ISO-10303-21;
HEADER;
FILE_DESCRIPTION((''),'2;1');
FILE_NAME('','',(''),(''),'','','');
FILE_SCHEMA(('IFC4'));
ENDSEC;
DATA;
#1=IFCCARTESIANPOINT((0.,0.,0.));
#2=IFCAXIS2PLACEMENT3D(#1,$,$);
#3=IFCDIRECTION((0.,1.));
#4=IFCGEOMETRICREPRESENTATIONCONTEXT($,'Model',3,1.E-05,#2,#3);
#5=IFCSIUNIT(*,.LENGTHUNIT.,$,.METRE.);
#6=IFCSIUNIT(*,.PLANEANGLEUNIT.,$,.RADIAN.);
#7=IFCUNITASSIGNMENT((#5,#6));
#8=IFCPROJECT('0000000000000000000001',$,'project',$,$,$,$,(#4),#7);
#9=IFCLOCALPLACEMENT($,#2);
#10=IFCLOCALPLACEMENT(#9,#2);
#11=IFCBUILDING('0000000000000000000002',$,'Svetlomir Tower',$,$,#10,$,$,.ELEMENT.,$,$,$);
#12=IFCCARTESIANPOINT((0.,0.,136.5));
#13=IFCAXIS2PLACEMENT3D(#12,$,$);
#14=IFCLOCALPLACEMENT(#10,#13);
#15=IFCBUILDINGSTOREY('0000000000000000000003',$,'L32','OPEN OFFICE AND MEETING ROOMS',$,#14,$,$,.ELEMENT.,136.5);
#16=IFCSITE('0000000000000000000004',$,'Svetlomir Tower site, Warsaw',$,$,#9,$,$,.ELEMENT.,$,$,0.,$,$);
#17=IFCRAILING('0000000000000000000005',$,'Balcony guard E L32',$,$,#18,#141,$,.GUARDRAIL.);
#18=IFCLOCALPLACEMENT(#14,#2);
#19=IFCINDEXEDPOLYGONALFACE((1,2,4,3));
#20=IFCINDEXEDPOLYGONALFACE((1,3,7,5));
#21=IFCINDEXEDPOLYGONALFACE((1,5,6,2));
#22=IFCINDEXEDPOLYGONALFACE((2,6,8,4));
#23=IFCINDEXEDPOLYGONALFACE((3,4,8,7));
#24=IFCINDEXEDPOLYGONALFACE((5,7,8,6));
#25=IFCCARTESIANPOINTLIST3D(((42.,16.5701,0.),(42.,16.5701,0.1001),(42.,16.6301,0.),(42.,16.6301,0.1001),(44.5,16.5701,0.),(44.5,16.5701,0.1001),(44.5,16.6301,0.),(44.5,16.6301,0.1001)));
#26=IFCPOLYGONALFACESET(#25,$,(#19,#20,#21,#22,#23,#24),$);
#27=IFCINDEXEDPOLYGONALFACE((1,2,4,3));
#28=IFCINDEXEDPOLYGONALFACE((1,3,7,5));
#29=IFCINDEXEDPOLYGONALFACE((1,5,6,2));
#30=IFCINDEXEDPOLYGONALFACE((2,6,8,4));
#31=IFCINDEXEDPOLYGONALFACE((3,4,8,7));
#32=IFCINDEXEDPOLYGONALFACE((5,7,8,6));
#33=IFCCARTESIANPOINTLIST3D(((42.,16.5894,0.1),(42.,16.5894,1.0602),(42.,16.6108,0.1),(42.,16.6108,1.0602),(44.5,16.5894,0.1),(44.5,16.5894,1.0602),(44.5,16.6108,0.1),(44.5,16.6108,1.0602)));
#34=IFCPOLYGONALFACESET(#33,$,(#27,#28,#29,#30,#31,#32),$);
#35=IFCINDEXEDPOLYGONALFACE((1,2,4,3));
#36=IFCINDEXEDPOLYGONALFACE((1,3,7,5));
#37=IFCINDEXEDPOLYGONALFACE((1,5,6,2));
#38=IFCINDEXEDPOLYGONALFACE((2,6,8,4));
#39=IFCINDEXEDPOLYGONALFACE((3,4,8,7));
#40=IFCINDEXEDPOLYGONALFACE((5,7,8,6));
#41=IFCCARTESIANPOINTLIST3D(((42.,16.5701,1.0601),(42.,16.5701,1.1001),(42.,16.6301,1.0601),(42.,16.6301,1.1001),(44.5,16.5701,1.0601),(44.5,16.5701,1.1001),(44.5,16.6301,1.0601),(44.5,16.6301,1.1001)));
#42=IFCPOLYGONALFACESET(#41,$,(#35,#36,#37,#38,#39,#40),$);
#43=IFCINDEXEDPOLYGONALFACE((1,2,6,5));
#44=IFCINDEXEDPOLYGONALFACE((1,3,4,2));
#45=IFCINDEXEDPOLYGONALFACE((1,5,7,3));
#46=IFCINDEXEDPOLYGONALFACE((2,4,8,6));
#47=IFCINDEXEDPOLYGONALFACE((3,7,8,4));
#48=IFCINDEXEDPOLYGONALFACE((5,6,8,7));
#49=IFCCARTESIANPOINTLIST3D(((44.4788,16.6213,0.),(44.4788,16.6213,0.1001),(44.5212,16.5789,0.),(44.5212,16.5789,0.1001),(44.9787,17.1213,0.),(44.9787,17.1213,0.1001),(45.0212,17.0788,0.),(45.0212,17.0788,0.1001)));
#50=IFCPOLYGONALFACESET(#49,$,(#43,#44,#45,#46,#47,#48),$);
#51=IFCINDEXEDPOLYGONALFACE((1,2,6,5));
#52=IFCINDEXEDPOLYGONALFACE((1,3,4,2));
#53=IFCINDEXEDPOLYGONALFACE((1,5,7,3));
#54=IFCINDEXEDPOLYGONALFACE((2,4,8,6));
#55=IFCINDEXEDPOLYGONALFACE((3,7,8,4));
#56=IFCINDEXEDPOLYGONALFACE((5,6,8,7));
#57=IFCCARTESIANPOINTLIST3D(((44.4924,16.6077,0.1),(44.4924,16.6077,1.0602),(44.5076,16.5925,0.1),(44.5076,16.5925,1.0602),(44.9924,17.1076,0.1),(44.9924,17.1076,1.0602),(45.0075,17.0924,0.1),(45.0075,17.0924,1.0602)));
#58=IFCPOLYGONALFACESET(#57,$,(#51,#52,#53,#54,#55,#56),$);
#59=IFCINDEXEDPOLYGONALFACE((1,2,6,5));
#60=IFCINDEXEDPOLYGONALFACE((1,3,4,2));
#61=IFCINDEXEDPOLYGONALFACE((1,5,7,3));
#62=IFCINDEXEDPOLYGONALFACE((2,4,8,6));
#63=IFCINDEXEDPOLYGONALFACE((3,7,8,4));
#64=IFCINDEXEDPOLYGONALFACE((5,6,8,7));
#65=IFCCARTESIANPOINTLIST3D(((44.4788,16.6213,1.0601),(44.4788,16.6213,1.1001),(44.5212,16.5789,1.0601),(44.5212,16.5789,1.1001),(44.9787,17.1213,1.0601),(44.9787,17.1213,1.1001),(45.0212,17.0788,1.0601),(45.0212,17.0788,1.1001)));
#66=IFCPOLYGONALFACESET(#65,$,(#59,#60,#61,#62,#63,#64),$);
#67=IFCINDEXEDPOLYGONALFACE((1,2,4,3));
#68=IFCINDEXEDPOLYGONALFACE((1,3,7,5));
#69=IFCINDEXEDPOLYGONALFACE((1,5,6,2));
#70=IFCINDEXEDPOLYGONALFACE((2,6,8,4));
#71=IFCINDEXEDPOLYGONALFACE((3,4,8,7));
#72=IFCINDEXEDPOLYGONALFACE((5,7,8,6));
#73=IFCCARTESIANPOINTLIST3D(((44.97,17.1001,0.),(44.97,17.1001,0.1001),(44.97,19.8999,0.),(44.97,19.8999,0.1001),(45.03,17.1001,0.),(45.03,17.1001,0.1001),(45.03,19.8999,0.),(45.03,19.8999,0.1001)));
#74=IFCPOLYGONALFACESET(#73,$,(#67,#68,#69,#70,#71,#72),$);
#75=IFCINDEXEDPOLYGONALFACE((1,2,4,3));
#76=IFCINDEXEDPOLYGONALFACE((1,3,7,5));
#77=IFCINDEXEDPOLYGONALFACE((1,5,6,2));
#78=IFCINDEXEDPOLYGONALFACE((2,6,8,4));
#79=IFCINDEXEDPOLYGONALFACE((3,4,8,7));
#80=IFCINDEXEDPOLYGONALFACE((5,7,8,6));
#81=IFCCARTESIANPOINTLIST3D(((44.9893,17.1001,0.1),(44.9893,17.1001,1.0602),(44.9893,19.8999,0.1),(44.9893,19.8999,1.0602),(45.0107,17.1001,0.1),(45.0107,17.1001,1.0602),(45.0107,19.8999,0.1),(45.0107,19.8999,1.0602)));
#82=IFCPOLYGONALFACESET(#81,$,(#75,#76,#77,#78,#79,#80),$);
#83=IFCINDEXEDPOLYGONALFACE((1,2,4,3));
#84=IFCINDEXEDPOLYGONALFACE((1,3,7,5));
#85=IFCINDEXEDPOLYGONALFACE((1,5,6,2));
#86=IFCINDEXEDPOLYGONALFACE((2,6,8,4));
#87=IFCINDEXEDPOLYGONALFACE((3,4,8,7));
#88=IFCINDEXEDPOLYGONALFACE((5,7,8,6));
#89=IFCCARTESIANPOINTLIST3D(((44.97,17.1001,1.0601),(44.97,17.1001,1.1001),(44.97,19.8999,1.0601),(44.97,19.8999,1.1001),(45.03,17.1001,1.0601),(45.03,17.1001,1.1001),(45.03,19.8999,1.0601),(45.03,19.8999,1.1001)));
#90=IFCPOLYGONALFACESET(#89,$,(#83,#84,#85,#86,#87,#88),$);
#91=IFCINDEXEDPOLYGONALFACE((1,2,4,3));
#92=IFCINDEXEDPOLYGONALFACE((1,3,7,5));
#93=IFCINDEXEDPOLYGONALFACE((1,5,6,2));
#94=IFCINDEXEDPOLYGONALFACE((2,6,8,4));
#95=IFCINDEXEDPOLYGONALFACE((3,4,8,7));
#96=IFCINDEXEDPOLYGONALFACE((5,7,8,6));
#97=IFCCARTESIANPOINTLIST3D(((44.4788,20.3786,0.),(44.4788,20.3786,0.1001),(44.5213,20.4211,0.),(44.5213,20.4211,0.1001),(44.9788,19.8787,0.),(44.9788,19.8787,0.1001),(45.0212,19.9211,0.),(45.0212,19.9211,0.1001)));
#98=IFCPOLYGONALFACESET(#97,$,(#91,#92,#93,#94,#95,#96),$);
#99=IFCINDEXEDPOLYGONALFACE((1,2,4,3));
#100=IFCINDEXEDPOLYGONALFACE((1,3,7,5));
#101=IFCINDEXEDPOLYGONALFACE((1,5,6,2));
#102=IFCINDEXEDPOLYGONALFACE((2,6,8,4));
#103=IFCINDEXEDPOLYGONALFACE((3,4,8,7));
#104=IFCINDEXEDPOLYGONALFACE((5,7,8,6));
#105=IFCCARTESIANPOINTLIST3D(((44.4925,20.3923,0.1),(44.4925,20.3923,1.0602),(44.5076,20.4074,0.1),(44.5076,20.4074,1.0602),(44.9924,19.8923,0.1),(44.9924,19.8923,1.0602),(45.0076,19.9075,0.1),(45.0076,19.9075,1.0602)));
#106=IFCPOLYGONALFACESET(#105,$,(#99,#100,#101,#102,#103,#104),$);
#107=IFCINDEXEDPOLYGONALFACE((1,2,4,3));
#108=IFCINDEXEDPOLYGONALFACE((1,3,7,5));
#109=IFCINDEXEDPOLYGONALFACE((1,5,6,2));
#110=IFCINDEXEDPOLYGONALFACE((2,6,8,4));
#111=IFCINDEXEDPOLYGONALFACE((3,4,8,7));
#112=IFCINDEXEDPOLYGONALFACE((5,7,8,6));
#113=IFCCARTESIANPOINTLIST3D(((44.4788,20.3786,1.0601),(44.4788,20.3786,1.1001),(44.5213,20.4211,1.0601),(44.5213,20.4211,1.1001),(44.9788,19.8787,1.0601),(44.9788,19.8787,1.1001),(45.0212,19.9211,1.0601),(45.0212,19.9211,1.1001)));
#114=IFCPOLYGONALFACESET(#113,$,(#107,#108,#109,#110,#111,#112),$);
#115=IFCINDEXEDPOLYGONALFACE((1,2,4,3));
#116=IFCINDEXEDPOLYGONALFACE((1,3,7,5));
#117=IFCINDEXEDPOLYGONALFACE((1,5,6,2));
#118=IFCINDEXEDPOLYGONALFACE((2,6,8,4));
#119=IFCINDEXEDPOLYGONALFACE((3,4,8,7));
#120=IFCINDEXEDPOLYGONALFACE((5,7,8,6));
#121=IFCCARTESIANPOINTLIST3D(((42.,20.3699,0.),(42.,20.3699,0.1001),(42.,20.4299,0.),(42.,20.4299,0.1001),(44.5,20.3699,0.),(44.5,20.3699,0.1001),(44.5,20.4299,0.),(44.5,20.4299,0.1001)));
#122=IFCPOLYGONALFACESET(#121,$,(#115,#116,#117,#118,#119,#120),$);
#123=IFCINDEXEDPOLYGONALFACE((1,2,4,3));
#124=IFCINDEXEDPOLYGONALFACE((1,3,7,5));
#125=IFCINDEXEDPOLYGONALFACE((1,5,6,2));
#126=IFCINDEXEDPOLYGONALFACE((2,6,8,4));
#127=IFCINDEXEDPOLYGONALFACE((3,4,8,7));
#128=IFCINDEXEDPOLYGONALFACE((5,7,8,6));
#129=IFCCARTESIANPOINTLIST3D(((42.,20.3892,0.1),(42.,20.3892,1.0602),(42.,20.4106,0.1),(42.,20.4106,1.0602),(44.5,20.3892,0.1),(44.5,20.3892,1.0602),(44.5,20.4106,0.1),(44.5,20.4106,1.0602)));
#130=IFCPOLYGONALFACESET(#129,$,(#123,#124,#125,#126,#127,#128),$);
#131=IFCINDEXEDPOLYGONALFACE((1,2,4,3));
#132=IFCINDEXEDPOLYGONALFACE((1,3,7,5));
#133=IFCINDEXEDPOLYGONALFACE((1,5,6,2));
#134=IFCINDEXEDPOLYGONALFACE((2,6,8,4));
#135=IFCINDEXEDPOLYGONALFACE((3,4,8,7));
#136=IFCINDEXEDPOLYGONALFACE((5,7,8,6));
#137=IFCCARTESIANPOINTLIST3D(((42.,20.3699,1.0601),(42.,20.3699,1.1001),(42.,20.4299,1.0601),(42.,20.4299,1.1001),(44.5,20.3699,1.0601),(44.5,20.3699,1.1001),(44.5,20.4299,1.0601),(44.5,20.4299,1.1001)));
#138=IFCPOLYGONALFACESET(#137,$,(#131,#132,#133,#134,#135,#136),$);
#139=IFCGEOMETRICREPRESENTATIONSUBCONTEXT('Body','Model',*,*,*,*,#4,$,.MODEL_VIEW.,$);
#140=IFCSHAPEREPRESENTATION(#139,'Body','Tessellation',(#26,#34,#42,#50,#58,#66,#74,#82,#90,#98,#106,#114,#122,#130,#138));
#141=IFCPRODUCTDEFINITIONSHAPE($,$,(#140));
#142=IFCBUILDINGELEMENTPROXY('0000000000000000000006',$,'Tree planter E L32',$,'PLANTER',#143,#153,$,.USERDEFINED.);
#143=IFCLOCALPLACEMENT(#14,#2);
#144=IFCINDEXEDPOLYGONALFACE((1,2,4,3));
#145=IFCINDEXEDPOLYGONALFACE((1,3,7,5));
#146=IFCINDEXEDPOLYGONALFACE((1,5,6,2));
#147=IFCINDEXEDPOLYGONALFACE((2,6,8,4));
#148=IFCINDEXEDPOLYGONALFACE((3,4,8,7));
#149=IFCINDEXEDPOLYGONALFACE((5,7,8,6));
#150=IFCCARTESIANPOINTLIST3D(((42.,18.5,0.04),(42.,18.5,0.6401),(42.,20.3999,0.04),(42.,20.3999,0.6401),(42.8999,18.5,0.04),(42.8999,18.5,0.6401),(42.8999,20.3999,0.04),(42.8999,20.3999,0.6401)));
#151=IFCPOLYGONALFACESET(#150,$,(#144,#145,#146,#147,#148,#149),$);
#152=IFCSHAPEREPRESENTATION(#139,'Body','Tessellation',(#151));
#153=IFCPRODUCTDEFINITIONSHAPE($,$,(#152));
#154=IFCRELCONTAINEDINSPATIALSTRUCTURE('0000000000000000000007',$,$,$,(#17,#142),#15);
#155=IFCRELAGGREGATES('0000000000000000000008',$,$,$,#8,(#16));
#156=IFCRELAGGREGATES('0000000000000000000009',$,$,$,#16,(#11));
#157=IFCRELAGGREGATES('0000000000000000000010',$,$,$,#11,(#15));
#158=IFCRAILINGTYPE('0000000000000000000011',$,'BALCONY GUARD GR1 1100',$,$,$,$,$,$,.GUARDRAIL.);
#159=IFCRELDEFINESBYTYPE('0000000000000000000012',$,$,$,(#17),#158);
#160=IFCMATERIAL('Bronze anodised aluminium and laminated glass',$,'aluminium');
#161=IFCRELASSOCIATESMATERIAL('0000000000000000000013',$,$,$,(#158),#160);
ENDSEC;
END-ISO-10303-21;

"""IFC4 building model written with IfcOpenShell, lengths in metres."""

from ifc_helpers import new_model, si_unit, direction, frame, origin, origin_2d, place, context, subcontext, project, spatial, rectangle, extrude, material, type_object, element, save


model = new_model("IFC4")

# Units and contexts
model_context = context("Model", 3, precision=1e-05, world=origin(), true_north=direction((0.0, 1.0)))
body_context = subcontext(model_context, "Body", "Model", "MODEL_VIEW")
ifc_project = project(units=[si_unit("LENGTHUNIT", "METRE"), si_unit("PLANEANGLEUNIT", "RADIAN")], contexts=[model_context])

# Site, building, storey
site_placement = place(None, origin())
site = spatial("IfcSite", under=ifc_project, at=site_placement, Name="Svetlomir Tower site, Warsaw", CompositionType="ELEMENT", RefElevation=0.0)
building_placement = place(site_placement, origin())
building = spatial("IfcBuilding", under=site, at=building_placement, Name="Svetlomir Tower", CompositionType="ELEMENT")
storey_placement = place(building_placement, frame((0.0, 0.0, 136.5)))
storey = spatial("IfcBuildingStorey", under=building, at=storey_placement, Name="L32", Description="OPEN OFFICE AND MEETING ROOMS", CompositionType="ELEMENT", Elevation=136.5)

# Railing
ifc_material_1 = material(Name="Bronze anodised aluminium and laminated glass", Category="aluminium")
railing_type = type_object("IfcRailingType", Name="BALCONY GUARD GR1 1100", PredefinedType="GUARDRAIL", material=ifc_material_1)
railing_placement = place(storey_placement, frame((42.0, 16.6001, 0.0)))
element("IfcRailing", 1, at=railing_placement, inside=storey, type_object=railing_type, Name="Balcony guard E L32", PredefinedType="GUARDRAIL", context=body_context, shape_type="SweptSolid", body=[
    extrude(rectangle(XDim=0.0601, YDim=0.1001, at=origin_2d()), frame((0.0, 0.0, 0.05), z_axis=(1.0, 0.0, 0.0), x_axis=(0.0, 1.0, 0.0)), (0.0, 0.0, 1.0), 2.5),
    extrude(rectangle(XDim=0.0215, YDim=0.9602, at=origin_2d()), frame((0.0, 0.0, 0.5801), z_axis=(1.0, 0.0, 0.0), x_axis=(0.0, 1.0, 0.0)), (0.0, 0.0, 1.0), 2.5),
    extrude(rectangle(XDim=0.0601, YDim=0.04, at=origin_2d()), frame((0.0, 0.0, 1.0801), z_axis=(1.0, 0.0, 0.0), x_axis=(0.0, 1.0, 0.0)), (0.0, 0.0, 1.0), 2.5),
    extrude(rectangle(XDim=0.0601, YDim=0.1001, at=origin_2d()), frame((2.5, 0.0, 0.05), z_axis=(0.707107, 0.707107, 0.0), x_axis=(-0.707107, 0.707107, 0.0)), (0.0, 0.0, 1.0), 0.707),
    extrude(rectangle(XDim=0.0215, YDim=0.9602, at=origin_2d()), frame((2.5, 0.0, 0.5801), z_axis=(0.707107, 0.707107, 0.0), x_axis=(-0.707107, 0.707107, 0.0)), (0.0, 0.0, 1.0), 0.707),
    extrude(rectangle(XDim=0.0601, YDim=0.04, at=origin_2d()), frame((2.5, 0.0, 1.0801), z_axis=(0.707107, 0.707107, 0.0), x_axis=(-0.707107, 0.707107, 0.0)), (0.0, 0.0, 1.0), 0.707),
    extrude(rectangle(XDim=0.0601, YDim=0.1001, at=origin_2d()), frame((3.0, 0.5, 0.05), z_axis=(0.0, 1.0, 0.0), x_axis=(-1.0, 0.0, 0.0)), (0.0, 0.0, 1.0), 2.7998),
    extrude(rectangle(XDim=0.0215, YDim=0.9602, at=origin_2d()), frame((3.0, 0.5, 0.5801), z_axis=(0.0, 1.0, 0.0), x_axis=(-1.0, 0.0, 0.0)), (0.0, 0.0, 1.0), 2.7998),
    extrude(rectangle(XDim=0.0601, YDim=0.04, at=origin_2d()), frame((3.0, 0.5, 1.0801), z_axis=(0.0, 1.0, 0.0), x_axis=(-1.0, 0.0, 0.0)), (0.0, 0.0, 1.0), 2.7998),
    extrude(rectangle(XDim=0.0601, YDim=0.1001, at=origin_2d()), frame((3.0, 3.2998, 0.05), z_axis=(-0.707107, 0.707107, 0.0), x_axis=(-0.707107, -0.707107, 0.0)), (0.0, 0.0, 1.0), 0.707),
    extrude(rectangle(XDim=0.0215, YDim=0.9602, at=origin_2d()), frame((3.0, 3.2998, 0.5801), z_axis=(-0.707107, 0.707107, 0.0), x_axis=(-0.707107, -0.707107, 0.0)), (0.0, 0.0, 1.0), 0.707),
    extrude(rectangle(XDim=0.0601, YDim=0.04, at=origin_2d()), frame((3.0, 3.2998, 1.0801), z_axis=(-0.707107, 0.707107, 0.0), x_axis=(-0.707107, -0.707107, 0.0)), (0.0, 0.0, 1.0), 0.707),
    extrude(rectangle(XDim=0.0601, YDim=0.1001, at=origin_2d()), frame((2.5, 3.7998, 0.05), z_axis=(-1.0, 0.0, 0.0), x_axis=(0.0, -1.0, 0.0)), (0.0, 0.0, 1.0), 2.5),
    extrude(rectangle(XDim=0.0215, YDim=0.9602, at=origin_2d()), frame((2.5, 3.7998, 0.5801), z_axis=(-1.0, 0.0, 0.0), x_axis=(0.0, -1.0, 0.0)), (0.0, 0.0, 1.0), 2.5),
    extrude(rectangle(XDim=0.0601, YDim=0.04, at=origin_2d()), frame((2.5, 3.7998, 1.0801), z_axis=(-1.0, 0.0, 0.0), x_axis=(0.0, -1.0, 0.0)), (0.0, 0.0, 1.0), 2.5),
])

# Building element proxy
proxy_placement = place(storey_placement, frame((42.45, 19.45, 0.04), z_axis=(0.0, 0.0, 1.0), x_axis=(1.0, 0.0, 0.0)))
element("IfcBuildingElementProxy", 2, at=proxy_placement, inside=storey, Name="Tree planter E L32", ObjectType="PLANTER", PredefinedType="USERDEFINED", context=body_context, shape_type="SweptSolid", body=[
    extrude(rectangle(XDim=0.8999, YDim=1.8999, at=origin_2d()), origin(), (0.0, 0.0, 1.0), 0.6001),
])

save(model, "model.ifc")
